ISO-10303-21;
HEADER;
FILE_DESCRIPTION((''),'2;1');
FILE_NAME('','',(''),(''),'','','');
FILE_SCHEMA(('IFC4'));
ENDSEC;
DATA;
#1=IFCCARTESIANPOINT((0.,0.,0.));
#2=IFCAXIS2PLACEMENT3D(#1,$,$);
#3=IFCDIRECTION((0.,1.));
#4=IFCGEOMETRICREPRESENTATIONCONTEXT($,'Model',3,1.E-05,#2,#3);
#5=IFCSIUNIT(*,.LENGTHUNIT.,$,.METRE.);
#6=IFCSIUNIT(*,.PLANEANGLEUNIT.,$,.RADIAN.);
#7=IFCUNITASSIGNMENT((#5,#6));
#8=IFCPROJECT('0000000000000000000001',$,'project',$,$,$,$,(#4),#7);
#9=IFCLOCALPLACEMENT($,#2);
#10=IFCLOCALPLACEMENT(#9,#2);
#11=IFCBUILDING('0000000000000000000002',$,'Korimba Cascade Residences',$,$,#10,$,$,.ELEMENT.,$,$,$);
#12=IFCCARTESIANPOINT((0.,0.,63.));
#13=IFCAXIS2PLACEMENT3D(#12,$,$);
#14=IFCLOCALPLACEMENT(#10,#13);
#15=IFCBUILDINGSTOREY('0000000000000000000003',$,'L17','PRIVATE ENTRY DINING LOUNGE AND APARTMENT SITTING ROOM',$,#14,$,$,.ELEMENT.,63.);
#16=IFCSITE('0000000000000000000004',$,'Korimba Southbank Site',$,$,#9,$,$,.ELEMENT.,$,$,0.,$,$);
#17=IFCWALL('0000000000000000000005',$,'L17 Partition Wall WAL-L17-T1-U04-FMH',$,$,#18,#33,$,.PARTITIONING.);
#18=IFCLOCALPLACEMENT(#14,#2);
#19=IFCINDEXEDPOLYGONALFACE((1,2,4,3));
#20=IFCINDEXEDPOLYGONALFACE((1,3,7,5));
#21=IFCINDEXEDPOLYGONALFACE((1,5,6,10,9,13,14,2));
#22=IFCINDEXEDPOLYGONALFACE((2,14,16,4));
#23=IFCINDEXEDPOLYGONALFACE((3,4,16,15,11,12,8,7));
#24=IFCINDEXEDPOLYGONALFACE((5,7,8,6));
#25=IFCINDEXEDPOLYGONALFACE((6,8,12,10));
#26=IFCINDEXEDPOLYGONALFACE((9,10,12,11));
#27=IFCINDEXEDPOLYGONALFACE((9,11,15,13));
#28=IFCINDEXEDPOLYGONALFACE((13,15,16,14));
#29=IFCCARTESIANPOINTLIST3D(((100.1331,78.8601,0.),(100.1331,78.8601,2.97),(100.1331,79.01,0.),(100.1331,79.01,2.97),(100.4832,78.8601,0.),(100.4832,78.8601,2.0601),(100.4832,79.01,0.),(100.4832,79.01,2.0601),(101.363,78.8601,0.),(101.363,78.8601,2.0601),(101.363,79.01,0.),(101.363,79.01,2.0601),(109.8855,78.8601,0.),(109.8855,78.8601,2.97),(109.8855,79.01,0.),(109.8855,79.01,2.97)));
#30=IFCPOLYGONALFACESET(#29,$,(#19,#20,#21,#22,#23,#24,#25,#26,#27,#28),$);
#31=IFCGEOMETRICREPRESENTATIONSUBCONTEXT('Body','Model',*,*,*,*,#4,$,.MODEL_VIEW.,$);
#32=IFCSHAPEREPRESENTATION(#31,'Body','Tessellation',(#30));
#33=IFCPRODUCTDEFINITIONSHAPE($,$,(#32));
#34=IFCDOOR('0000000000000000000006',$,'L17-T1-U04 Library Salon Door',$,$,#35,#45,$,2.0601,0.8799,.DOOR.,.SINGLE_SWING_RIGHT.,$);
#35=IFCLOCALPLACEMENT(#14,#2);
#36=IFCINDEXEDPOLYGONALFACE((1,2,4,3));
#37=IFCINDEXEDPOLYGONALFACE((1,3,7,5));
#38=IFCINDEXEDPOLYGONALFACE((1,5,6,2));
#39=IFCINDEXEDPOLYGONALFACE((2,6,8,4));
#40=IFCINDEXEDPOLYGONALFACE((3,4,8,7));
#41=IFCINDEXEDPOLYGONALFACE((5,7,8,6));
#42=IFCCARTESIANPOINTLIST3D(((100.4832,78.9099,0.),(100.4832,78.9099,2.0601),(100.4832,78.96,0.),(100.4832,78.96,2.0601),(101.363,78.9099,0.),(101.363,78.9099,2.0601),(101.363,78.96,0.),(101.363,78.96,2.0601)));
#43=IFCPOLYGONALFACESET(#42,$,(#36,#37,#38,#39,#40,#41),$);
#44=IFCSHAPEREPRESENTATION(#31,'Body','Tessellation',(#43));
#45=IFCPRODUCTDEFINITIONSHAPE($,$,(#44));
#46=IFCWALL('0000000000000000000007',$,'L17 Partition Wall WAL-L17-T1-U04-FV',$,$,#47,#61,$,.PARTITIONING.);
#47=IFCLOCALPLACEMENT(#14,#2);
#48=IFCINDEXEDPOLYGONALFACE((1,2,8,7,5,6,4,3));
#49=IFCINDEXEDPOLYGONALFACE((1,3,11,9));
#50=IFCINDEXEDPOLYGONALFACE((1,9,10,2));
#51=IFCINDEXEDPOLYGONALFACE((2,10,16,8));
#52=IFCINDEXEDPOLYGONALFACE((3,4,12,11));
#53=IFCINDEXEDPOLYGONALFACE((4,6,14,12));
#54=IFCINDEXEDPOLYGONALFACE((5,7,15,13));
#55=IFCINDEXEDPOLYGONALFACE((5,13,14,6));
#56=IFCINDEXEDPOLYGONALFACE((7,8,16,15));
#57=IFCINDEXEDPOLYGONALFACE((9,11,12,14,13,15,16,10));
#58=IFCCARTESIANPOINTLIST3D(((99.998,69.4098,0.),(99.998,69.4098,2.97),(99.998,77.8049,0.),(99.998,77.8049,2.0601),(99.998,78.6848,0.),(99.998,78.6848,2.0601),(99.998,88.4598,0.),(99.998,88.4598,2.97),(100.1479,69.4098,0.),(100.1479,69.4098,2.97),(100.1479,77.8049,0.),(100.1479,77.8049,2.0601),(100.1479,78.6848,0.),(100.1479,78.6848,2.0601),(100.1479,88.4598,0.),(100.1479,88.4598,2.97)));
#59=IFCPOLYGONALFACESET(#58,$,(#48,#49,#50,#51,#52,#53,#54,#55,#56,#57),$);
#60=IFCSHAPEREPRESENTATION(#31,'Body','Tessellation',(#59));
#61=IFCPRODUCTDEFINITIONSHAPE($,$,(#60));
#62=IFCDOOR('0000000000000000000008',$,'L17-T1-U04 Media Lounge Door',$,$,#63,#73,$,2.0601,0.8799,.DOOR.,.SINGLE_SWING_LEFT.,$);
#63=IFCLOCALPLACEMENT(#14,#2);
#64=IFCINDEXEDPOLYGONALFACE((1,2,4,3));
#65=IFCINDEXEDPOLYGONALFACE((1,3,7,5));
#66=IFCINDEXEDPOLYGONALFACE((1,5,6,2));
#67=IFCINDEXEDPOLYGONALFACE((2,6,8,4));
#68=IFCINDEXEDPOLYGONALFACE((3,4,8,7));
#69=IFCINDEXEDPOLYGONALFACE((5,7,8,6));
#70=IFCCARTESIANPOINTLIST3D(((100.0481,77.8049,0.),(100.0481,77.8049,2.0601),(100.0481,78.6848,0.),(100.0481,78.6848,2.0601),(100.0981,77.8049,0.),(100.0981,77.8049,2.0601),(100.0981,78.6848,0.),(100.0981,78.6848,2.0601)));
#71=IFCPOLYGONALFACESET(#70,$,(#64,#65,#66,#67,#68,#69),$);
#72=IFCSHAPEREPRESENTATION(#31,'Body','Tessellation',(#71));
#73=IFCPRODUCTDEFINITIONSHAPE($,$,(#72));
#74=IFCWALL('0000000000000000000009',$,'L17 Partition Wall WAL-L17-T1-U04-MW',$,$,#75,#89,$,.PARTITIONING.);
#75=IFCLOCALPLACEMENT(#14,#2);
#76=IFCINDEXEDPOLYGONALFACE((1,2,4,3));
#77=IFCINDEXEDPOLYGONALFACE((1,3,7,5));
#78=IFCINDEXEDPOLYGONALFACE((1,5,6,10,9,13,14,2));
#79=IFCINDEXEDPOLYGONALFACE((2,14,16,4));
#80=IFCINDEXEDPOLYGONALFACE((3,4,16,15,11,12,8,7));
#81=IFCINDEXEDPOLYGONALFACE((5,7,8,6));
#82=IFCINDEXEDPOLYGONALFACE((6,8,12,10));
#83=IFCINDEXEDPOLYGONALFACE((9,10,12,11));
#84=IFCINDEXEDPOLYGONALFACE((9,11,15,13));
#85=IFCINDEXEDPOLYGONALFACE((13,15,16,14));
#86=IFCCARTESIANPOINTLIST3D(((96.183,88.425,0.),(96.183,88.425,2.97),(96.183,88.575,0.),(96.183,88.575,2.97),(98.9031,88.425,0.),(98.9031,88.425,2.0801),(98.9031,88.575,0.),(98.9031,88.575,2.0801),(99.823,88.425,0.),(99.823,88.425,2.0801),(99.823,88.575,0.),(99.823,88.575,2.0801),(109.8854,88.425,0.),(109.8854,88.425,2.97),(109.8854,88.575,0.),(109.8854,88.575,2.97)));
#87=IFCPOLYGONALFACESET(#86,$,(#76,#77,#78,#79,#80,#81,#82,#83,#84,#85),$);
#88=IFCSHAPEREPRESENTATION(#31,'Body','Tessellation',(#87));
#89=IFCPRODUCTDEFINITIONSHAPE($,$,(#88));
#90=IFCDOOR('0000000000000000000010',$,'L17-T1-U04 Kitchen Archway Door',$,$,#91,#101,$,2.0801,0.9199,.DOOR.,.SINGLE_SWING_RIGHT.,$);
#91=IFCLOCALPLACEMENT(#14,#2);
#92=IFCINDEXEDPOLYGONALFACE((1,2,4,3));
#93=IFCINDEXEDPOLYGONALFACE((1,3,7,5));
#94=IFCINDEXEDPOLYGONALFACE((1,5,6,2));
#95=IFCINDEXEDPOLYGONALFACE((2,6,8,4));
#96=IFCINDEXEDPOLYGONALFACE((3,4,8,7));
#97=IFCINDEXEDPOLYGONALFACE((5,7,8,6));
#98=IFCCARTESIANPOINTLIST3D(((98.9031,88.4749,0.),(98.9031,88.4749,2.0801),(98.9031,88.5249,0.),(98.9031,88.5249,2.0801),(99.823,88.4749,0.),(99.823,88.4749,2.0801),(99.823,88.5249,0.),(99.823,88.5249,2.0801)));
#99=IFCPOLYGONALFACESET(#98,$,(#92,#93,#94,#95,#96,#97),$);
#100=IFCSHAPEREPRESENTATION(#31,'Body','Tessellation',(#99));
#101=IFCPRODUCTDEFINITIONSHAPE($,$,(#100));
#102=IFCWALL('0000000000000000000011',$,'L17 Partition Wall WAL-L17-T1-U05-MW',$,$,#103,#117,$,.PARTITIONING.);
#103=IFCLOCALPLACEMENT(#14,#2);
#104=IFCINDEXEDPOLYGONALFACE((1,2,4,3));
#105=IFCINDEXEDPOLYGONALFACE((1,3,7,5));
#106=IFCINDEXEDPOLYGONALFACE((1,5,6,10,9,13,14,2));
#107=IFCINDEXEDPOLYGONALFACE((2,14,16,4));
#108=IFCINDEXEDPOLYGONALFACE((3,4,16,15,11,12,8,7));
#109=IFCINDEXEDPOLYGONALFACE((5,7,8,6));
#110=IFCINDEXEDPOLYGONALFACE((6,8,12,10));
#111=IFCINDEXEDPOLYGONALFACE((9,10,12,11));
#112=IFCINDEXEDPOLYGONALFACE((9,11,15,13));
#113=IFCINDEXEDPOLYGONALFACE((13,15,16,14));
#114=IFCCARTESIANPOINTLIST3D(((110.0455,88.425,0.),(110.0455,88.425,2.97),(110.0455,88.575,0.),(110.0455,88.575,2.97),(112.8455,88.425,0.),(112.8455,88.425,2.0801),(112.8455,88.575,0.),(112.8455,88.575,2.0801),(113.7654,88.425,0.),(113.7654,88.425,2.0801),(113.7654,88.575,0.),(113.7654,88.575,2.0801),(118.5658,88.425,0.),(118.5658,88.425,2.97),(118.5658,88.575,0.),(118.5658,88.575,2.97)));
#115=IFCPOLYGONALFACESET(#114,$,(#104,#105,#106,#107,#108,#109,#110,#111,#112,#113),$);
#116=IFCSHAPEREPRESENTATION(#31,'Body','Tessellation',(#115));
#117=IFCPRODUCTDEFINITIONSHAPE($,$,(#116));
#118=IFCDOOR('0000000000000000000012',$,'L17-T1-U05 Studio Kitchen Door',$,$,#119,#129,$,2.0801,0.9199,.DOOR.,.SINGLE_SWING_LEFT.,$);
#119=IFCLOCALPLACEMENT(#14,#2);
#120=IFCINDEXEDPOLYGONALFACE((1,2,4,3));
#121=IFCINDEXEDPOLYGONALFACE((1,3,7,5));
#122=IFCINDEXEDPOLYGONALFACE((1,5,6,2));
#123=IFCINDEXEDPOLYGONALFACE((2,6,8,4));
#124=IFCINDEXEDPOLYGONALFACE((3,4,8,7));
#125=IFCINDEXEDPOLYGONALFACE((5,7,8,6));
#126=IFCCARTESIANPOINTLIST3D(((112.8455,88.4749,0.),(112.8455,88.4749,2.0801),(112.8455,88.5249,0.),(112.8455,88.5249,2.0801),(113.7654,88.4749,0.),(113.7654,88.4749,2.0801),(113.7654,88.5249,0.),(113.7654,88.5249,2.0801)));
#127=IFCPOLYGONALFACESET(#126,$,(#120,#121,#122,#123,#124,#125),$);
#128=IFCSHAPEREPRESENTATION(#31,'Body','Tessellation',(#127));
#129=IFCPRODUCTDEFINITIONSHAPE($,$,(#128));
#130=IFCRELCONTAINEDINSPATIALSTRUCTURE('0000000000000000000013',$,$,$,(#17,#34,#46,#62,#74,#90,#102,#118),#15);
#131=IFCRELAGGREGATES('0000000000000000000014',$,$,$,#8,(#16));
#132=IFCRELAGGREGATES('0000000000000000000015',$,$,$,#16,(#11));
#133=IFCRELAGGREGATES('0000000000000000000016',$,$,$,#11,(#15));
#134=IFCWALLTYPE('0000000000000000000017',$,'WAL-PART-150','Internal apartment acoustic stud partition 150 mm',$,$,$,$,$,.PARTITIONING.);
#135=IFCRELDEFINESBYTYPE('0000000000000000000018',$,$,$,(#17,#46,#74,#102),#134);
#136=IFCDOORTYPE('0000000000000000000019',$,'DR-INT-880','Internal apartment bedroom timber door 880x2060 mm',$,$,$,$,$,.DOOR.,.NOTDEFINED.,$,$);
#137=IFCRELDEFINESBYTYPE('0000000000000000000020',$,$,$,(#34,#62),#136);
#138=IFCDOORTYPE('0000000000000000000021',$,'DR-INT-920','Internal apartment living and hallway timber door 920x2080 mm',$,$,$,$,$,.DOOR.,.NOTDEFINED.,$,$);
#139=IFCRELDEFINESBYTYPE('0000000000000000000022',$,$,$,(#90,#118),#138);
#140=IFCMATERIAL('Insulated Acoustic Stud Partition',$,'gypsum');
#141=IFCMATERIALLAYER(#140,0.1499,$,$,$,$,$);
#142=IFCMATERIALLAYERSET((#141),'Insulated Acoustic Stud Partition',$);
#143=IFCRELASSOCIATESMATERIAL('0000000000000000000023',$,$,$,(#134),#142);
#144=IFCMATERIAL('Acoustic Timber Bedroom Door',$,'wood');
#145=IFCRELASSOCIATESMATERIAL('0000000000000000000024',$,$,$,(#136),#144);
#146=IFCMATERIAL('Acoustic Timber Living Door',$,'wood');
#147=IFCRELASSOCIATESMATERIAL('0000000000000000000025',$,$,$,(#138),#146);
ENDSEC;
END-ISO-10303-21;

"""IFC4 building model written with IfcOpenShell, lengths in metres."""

from ifc_helpers import new_model, si_unit, direction, frame, frame_2d, origin, place, context, subcontext, project, spatial, rectangle, extrude, material, layer, layer_set, type_object, element, fill, save


model = new_model("IFC4")

# Units and contexts
model_context = context("Model", 3, precision=1e-05, world=origin(), true_north=direction((0.0, 1.0)))
body_context = subcontext(model_context, "Body", "Model", "MODEL_VIEW")
ifc_project = project(units=[si_unit("LENGTHUNIT", "METRE"), si_unit("PLANEANGLEUNIT", "RADIAN")], contexts=[model_context])

# Site, building, storey
site_placement = place(None, origin())
site = spatial("IfcSite", under=ifc_project, at=site_placement, Name="Korimba Southbank Site", CompositionType="ELEMENT", RefElevation=0.0)
building_placement = place(site_placement, origin())
building = spatial("IfcBuilding", under=site, at=building_placement, Name="Korimba Cascade Residences", CompositionType="ELEMENT")
storey_placement = place(building_placement, frame((0.0, 0.0, 63.0)))
storey = spatial("IfcBuildingStorey", under=building, at=storey_placement, Name="L17", Description="PRIVATE ENTRY DINING LOUNGE AND APARTMENT SITTING ROOM", CompositionType="ELEMENT", Elevation=63.0)

# Shared definitions
ifc_material_1 = material(Name="Insulated Acoustic Stud Partition", Category="gypsum")
ifc_layer_1 = layer(ifc_material_1, 0.1499)
ifc_layer_set_1 = layer_set([ifc_layer_1], Name="Insulated Acoustic Stud Partition")
wall_type_1 = type_object("IfcWallType", Name="WAL-PART-150", Description="Internal apartment acoustic stud partition 150 mm", PredefinedType="PARTITIONING", material=ifc_layer_set_1)
ifc_material_2 = material(Name="Acoustic Timber Bedroom Door", Category="wood")
door_type_1 = type_object("IfcDoorType", Name="DR-INT-880", Description="Internal apartment bedroom timber door 880x2060 mm", OperationType="NOTDEFINED", PredefinedType="DOOR", material=ifc_material_2)

# Walls, openings, doors
wall_1_placement = place(storey_placement, frame((100.1331, 78.9351, 0.0), z_axis=(0.0, 0.0, 1.0), x_axis=(1.0, 0.0, 0.0)))
wall_1 = element("IfcWall", 1, at=wall_1_placement, inside=storey, type_object=wall_type_1, Name="L17 Partition Wall WAL-L17-T1-U04-FMH", PredefinedType="PARTITIONING", context=body_context, shape_type="SweptSolid", body=[
    extrude(rectangle(XDim=9.7524, YDim=0.1499, at=frame_2d((4.8762, 0.0))), origin(), (0.0, 0.0, 1.0), 2.97),
])
opening_1_placement = place(wall_1_placement, frame((0.3501, 0.0, 0.0)))
opening_1 = element("IfcOpeningElement", 2, at=opening_1_placement, cuts=wall_1, PredefinedType="OPENING", context=body_context, shape_type="SweptSolid", body=[
    extrude(rectangle(XDim=0.8799, YDim=2.0601, at=frame_2d((0.4399, 1.03))), frame((0.0, 0.085, 0.0), z_axis=(0.0, -1.0, 0.0), x_axis=(1.0, 0.0, 0.0)), (0.0, 0.0, 1.0), 0.1699),
])
door_1_placement = place(opening_1_placement, origin())
door_1 = element("IfcDoor", 3, at=door_1_placement, inside=storey, type_object=door_type_1, Name="L17-T1-U04 Library Salon Door", OperationType="SINGLE_SWING_RIGHT", OverallHeight=2.0601, OverallWidth=0.8799, PredefinedType="DOOR", context=body_context, shape_type="SweptSolid", body=[
    extrude(rectangle(XDim=0.8799, YDim=2.0601, at=frame_2d((0.4399, 1.03))), frame((0.0, 0.0249, 0.0), z_axis=(0.0, -1.0, 0.0), x_axis=(1.0, 0.0, 0.0)), (0.0, 0.0, 1.0), 0.05),
])
fill(opening_1, door_1)
wall_2_placement = place(storey_placement, frame((100.073, 69.4099, 0.0), z_axis=(0.0, 0.0, 1.0), x_axis=(0.0, 1.0, 0.0)))
wall_2 = element("IfcWall", 4, at=wall_2_placement, inside=storey, type_object=wall_type_1, Name="L17 Partition Wall WAL-L17-T1-U04-FV", PredefinedType="PARTITIONING", context=body_context, shape_type="SweptSolid", body=[
    extrude(rectangle(XDim=19.05, YDim=0.1499, at=frame_2d((9.5249, 0.0))), origin(), (0.0, 0.0, 1.0), 2.97),
])
opening_2_placement = place(wall_2_placement, frame((8.395, 0.0, 0.0)))
opening_2 = element("IfcOpeningElement", 5, at=opening_2_placement, cuts=wall_2, PredefinedType="OPENING", context=body_context, shape_type="SweptSolid", body=[
    extrude(rectangle(XDim=0.8799, YDim=2.0601, at=frame_2d((0.4399, 1.03))), frame((0.0, 0.085, 0.0), z_axis=(0.0, -1.0, 0.0), x_axis=(1.0, 0.0, 0.0)), (0.0, 0.0, 1.0), 0.1699),
])
door_2_placement = place(opening_2_placement, origin())
door_2 = element("IfcDoor", 6, at=door_2_placement, inside=storey, type_object=door_type_1, Name="L17-T1-U04 Media Lounge Door", OperationType="SINGLE_SWING_LEFT", OverallHeight=2.0601, OverallWidth=0.8799, PredefinedType="DOOR", context=body_context, shape_type="SweptSolid", body=[
    extrude(rectangle(XDim=0.8799, YDim=2.0601, at=frame_2d((0.4399, 1.03))), frame((0.0, 0.0249, 0.0), z_axis=(0.0, -1.0, 0.0), x_axis=(1.0, 0.0, 0.0)), (0.0, 0.0, 1.0), 0.05),
])
fill(opening_2, door_2)
wall_3_placement = place(storey_placement, frame((96.1831, 88.5, 0.0), z_axis=(0.0, 0.0, 1.0), x_axis=(1.0, 0.0, 0.0)))
wall_3 = element("IfcWall", 7, at=wall_3_placement, inside=storey, type_object=wall_type_1, Name="L17 Partition Wall WAL-L17-T1-U04-MW", PredefinedType="PARTITIONING", context=body_context, shape_type="SweptSolid", body=[
    extrude(rectangle(XDim=13.7024, YDim=0.1499, at=frame_2d((6.8511, 0.0))), origin(), (0.0, 0.0, 1.0), 2.97),
])
opening_3_placement = place(wall_3_placement, frame((2.72, 0.0, 0.0)))
opening_3 = element("IfcOpeningElement", 8, at=opening_3_placement, cuts=wall_3, PredefinedType="OPENING", context=body_context, shape_type="SweptSolid", body=[
    extrude(rectangle(XDim=0.9199, YDim=2.0801, at=frame_2d((0.46, 1.04))), frame((0.0, 0.085, 0.0), z_axis=(0.0, -1.0, 0.0), x_axis=(1.0, 0.0, 0.0)), (0.0, 0.0, 1.0), 0.1699),
])
ifc_material_3 = material(Name="Acoustic Timber Living Door", Category="wood")
door_type_2 = type_object("IfcDoorType", Name="DR-INT-920", Description="Internal apartment living and hallway timber door 920x2080 mm", OperationType="NOTDEFINED", PredefinedType="DOOR", material=ifc_material_3)
door_3_placement = place(opening_3_placement, origin())
door_3 = element("IfcDoor", 9, at=door_3_placement, inside=storey, type_object=door_type_2, Name="L17-T1-U04 Kitchen Archway Door", OperationType="SINGLE_SWING_RIGHT", OverallHeight=2.0801, OverallWidth=0.9199, PredefinedType="DOOR", context=body_context, shape_type="SweptSolid", body=[
    extrude(rectangle(XDim=0.9199, YDim=2.0801, at=frame_2d((0.46, 1.04))), frame((0.0, 0.0249, 0.0), z_axis=(0.0, -1.0, 0.0), x_axis=(1.0, 0.0, 0.0)), (0.0, 0.0, 1.0), 0.05),
])
fill(opening_3, door_3)
wall_4_placement = place(storey_placement, frame((110.0454, 88.5, 0.0), z_axis=(0.0, 0.0, 1.0), x_axis=(1.0, 0.0, 0.0)))
wall_4 = element("IfcWall", 10, at=wall_4_placement, inside=storey, type_object=wall_type_1, Name="L17 Partition Wall WAL-L17-T1-U05-MW", PredefinedType="PARTITIONING", context=body_context, shape_type="SweptSolid", body=[
    extrude(rectangle(XDim=8.5203, YDim=0.1499, at=frame_2d((4.2603, 0.0))), origin(), (0.0, 0.0, 1.0), 2.97),
])
opening_4_placement = place(wall_4_placement, frame((2.8, 0.0, 0.0)))
opening_4 = element("IfcOpeningElement", 11, at=opening_4_placement, cuts=wall_4, PredefinedType="OPENING", context=body_context, shape_type="SweptSolid", body=[
    extrude(rectangle(XDim=0.9199, YDim=2.0801, at=frame_2d((0.46, 1.04))), frame((0.0, 0.085, 0.0), z_axis=(0.0, -1.0, 0.0), x_axis=(1.0, 0.0, 0.0)), (0.0, 0.0, 1.0), 0.1699),
])
door_4_placement = place(opening_4_placement, origin())
door_4 = element("IfcDoor", 12, at=door_4_placement, inside=storey, type_object=door_type_2, Name="L17-T1-U05 Studio Kitchen Door", OperationType="SINGLE_SWING_LEFT", OverallHeight=2.0801, OverallWidth=0.9199, PredefinedType="DOOR", context=body_context, shape_type="SweptSolid", body=[
    extrude(rectangle(XDim=0.9199, YDim=2.0801, at=frame_2d((0.46, 1.04))), frame((0.0, 0.0249, 0.0), z_axis=(0.0, -1.0, 0.0), x_axis=(1.0, 0.0, 0.0)), (0.0, 0.0, 1.0), 0.05),
])
fill(opening_4, door_4)

save(model, "model.ifc")
